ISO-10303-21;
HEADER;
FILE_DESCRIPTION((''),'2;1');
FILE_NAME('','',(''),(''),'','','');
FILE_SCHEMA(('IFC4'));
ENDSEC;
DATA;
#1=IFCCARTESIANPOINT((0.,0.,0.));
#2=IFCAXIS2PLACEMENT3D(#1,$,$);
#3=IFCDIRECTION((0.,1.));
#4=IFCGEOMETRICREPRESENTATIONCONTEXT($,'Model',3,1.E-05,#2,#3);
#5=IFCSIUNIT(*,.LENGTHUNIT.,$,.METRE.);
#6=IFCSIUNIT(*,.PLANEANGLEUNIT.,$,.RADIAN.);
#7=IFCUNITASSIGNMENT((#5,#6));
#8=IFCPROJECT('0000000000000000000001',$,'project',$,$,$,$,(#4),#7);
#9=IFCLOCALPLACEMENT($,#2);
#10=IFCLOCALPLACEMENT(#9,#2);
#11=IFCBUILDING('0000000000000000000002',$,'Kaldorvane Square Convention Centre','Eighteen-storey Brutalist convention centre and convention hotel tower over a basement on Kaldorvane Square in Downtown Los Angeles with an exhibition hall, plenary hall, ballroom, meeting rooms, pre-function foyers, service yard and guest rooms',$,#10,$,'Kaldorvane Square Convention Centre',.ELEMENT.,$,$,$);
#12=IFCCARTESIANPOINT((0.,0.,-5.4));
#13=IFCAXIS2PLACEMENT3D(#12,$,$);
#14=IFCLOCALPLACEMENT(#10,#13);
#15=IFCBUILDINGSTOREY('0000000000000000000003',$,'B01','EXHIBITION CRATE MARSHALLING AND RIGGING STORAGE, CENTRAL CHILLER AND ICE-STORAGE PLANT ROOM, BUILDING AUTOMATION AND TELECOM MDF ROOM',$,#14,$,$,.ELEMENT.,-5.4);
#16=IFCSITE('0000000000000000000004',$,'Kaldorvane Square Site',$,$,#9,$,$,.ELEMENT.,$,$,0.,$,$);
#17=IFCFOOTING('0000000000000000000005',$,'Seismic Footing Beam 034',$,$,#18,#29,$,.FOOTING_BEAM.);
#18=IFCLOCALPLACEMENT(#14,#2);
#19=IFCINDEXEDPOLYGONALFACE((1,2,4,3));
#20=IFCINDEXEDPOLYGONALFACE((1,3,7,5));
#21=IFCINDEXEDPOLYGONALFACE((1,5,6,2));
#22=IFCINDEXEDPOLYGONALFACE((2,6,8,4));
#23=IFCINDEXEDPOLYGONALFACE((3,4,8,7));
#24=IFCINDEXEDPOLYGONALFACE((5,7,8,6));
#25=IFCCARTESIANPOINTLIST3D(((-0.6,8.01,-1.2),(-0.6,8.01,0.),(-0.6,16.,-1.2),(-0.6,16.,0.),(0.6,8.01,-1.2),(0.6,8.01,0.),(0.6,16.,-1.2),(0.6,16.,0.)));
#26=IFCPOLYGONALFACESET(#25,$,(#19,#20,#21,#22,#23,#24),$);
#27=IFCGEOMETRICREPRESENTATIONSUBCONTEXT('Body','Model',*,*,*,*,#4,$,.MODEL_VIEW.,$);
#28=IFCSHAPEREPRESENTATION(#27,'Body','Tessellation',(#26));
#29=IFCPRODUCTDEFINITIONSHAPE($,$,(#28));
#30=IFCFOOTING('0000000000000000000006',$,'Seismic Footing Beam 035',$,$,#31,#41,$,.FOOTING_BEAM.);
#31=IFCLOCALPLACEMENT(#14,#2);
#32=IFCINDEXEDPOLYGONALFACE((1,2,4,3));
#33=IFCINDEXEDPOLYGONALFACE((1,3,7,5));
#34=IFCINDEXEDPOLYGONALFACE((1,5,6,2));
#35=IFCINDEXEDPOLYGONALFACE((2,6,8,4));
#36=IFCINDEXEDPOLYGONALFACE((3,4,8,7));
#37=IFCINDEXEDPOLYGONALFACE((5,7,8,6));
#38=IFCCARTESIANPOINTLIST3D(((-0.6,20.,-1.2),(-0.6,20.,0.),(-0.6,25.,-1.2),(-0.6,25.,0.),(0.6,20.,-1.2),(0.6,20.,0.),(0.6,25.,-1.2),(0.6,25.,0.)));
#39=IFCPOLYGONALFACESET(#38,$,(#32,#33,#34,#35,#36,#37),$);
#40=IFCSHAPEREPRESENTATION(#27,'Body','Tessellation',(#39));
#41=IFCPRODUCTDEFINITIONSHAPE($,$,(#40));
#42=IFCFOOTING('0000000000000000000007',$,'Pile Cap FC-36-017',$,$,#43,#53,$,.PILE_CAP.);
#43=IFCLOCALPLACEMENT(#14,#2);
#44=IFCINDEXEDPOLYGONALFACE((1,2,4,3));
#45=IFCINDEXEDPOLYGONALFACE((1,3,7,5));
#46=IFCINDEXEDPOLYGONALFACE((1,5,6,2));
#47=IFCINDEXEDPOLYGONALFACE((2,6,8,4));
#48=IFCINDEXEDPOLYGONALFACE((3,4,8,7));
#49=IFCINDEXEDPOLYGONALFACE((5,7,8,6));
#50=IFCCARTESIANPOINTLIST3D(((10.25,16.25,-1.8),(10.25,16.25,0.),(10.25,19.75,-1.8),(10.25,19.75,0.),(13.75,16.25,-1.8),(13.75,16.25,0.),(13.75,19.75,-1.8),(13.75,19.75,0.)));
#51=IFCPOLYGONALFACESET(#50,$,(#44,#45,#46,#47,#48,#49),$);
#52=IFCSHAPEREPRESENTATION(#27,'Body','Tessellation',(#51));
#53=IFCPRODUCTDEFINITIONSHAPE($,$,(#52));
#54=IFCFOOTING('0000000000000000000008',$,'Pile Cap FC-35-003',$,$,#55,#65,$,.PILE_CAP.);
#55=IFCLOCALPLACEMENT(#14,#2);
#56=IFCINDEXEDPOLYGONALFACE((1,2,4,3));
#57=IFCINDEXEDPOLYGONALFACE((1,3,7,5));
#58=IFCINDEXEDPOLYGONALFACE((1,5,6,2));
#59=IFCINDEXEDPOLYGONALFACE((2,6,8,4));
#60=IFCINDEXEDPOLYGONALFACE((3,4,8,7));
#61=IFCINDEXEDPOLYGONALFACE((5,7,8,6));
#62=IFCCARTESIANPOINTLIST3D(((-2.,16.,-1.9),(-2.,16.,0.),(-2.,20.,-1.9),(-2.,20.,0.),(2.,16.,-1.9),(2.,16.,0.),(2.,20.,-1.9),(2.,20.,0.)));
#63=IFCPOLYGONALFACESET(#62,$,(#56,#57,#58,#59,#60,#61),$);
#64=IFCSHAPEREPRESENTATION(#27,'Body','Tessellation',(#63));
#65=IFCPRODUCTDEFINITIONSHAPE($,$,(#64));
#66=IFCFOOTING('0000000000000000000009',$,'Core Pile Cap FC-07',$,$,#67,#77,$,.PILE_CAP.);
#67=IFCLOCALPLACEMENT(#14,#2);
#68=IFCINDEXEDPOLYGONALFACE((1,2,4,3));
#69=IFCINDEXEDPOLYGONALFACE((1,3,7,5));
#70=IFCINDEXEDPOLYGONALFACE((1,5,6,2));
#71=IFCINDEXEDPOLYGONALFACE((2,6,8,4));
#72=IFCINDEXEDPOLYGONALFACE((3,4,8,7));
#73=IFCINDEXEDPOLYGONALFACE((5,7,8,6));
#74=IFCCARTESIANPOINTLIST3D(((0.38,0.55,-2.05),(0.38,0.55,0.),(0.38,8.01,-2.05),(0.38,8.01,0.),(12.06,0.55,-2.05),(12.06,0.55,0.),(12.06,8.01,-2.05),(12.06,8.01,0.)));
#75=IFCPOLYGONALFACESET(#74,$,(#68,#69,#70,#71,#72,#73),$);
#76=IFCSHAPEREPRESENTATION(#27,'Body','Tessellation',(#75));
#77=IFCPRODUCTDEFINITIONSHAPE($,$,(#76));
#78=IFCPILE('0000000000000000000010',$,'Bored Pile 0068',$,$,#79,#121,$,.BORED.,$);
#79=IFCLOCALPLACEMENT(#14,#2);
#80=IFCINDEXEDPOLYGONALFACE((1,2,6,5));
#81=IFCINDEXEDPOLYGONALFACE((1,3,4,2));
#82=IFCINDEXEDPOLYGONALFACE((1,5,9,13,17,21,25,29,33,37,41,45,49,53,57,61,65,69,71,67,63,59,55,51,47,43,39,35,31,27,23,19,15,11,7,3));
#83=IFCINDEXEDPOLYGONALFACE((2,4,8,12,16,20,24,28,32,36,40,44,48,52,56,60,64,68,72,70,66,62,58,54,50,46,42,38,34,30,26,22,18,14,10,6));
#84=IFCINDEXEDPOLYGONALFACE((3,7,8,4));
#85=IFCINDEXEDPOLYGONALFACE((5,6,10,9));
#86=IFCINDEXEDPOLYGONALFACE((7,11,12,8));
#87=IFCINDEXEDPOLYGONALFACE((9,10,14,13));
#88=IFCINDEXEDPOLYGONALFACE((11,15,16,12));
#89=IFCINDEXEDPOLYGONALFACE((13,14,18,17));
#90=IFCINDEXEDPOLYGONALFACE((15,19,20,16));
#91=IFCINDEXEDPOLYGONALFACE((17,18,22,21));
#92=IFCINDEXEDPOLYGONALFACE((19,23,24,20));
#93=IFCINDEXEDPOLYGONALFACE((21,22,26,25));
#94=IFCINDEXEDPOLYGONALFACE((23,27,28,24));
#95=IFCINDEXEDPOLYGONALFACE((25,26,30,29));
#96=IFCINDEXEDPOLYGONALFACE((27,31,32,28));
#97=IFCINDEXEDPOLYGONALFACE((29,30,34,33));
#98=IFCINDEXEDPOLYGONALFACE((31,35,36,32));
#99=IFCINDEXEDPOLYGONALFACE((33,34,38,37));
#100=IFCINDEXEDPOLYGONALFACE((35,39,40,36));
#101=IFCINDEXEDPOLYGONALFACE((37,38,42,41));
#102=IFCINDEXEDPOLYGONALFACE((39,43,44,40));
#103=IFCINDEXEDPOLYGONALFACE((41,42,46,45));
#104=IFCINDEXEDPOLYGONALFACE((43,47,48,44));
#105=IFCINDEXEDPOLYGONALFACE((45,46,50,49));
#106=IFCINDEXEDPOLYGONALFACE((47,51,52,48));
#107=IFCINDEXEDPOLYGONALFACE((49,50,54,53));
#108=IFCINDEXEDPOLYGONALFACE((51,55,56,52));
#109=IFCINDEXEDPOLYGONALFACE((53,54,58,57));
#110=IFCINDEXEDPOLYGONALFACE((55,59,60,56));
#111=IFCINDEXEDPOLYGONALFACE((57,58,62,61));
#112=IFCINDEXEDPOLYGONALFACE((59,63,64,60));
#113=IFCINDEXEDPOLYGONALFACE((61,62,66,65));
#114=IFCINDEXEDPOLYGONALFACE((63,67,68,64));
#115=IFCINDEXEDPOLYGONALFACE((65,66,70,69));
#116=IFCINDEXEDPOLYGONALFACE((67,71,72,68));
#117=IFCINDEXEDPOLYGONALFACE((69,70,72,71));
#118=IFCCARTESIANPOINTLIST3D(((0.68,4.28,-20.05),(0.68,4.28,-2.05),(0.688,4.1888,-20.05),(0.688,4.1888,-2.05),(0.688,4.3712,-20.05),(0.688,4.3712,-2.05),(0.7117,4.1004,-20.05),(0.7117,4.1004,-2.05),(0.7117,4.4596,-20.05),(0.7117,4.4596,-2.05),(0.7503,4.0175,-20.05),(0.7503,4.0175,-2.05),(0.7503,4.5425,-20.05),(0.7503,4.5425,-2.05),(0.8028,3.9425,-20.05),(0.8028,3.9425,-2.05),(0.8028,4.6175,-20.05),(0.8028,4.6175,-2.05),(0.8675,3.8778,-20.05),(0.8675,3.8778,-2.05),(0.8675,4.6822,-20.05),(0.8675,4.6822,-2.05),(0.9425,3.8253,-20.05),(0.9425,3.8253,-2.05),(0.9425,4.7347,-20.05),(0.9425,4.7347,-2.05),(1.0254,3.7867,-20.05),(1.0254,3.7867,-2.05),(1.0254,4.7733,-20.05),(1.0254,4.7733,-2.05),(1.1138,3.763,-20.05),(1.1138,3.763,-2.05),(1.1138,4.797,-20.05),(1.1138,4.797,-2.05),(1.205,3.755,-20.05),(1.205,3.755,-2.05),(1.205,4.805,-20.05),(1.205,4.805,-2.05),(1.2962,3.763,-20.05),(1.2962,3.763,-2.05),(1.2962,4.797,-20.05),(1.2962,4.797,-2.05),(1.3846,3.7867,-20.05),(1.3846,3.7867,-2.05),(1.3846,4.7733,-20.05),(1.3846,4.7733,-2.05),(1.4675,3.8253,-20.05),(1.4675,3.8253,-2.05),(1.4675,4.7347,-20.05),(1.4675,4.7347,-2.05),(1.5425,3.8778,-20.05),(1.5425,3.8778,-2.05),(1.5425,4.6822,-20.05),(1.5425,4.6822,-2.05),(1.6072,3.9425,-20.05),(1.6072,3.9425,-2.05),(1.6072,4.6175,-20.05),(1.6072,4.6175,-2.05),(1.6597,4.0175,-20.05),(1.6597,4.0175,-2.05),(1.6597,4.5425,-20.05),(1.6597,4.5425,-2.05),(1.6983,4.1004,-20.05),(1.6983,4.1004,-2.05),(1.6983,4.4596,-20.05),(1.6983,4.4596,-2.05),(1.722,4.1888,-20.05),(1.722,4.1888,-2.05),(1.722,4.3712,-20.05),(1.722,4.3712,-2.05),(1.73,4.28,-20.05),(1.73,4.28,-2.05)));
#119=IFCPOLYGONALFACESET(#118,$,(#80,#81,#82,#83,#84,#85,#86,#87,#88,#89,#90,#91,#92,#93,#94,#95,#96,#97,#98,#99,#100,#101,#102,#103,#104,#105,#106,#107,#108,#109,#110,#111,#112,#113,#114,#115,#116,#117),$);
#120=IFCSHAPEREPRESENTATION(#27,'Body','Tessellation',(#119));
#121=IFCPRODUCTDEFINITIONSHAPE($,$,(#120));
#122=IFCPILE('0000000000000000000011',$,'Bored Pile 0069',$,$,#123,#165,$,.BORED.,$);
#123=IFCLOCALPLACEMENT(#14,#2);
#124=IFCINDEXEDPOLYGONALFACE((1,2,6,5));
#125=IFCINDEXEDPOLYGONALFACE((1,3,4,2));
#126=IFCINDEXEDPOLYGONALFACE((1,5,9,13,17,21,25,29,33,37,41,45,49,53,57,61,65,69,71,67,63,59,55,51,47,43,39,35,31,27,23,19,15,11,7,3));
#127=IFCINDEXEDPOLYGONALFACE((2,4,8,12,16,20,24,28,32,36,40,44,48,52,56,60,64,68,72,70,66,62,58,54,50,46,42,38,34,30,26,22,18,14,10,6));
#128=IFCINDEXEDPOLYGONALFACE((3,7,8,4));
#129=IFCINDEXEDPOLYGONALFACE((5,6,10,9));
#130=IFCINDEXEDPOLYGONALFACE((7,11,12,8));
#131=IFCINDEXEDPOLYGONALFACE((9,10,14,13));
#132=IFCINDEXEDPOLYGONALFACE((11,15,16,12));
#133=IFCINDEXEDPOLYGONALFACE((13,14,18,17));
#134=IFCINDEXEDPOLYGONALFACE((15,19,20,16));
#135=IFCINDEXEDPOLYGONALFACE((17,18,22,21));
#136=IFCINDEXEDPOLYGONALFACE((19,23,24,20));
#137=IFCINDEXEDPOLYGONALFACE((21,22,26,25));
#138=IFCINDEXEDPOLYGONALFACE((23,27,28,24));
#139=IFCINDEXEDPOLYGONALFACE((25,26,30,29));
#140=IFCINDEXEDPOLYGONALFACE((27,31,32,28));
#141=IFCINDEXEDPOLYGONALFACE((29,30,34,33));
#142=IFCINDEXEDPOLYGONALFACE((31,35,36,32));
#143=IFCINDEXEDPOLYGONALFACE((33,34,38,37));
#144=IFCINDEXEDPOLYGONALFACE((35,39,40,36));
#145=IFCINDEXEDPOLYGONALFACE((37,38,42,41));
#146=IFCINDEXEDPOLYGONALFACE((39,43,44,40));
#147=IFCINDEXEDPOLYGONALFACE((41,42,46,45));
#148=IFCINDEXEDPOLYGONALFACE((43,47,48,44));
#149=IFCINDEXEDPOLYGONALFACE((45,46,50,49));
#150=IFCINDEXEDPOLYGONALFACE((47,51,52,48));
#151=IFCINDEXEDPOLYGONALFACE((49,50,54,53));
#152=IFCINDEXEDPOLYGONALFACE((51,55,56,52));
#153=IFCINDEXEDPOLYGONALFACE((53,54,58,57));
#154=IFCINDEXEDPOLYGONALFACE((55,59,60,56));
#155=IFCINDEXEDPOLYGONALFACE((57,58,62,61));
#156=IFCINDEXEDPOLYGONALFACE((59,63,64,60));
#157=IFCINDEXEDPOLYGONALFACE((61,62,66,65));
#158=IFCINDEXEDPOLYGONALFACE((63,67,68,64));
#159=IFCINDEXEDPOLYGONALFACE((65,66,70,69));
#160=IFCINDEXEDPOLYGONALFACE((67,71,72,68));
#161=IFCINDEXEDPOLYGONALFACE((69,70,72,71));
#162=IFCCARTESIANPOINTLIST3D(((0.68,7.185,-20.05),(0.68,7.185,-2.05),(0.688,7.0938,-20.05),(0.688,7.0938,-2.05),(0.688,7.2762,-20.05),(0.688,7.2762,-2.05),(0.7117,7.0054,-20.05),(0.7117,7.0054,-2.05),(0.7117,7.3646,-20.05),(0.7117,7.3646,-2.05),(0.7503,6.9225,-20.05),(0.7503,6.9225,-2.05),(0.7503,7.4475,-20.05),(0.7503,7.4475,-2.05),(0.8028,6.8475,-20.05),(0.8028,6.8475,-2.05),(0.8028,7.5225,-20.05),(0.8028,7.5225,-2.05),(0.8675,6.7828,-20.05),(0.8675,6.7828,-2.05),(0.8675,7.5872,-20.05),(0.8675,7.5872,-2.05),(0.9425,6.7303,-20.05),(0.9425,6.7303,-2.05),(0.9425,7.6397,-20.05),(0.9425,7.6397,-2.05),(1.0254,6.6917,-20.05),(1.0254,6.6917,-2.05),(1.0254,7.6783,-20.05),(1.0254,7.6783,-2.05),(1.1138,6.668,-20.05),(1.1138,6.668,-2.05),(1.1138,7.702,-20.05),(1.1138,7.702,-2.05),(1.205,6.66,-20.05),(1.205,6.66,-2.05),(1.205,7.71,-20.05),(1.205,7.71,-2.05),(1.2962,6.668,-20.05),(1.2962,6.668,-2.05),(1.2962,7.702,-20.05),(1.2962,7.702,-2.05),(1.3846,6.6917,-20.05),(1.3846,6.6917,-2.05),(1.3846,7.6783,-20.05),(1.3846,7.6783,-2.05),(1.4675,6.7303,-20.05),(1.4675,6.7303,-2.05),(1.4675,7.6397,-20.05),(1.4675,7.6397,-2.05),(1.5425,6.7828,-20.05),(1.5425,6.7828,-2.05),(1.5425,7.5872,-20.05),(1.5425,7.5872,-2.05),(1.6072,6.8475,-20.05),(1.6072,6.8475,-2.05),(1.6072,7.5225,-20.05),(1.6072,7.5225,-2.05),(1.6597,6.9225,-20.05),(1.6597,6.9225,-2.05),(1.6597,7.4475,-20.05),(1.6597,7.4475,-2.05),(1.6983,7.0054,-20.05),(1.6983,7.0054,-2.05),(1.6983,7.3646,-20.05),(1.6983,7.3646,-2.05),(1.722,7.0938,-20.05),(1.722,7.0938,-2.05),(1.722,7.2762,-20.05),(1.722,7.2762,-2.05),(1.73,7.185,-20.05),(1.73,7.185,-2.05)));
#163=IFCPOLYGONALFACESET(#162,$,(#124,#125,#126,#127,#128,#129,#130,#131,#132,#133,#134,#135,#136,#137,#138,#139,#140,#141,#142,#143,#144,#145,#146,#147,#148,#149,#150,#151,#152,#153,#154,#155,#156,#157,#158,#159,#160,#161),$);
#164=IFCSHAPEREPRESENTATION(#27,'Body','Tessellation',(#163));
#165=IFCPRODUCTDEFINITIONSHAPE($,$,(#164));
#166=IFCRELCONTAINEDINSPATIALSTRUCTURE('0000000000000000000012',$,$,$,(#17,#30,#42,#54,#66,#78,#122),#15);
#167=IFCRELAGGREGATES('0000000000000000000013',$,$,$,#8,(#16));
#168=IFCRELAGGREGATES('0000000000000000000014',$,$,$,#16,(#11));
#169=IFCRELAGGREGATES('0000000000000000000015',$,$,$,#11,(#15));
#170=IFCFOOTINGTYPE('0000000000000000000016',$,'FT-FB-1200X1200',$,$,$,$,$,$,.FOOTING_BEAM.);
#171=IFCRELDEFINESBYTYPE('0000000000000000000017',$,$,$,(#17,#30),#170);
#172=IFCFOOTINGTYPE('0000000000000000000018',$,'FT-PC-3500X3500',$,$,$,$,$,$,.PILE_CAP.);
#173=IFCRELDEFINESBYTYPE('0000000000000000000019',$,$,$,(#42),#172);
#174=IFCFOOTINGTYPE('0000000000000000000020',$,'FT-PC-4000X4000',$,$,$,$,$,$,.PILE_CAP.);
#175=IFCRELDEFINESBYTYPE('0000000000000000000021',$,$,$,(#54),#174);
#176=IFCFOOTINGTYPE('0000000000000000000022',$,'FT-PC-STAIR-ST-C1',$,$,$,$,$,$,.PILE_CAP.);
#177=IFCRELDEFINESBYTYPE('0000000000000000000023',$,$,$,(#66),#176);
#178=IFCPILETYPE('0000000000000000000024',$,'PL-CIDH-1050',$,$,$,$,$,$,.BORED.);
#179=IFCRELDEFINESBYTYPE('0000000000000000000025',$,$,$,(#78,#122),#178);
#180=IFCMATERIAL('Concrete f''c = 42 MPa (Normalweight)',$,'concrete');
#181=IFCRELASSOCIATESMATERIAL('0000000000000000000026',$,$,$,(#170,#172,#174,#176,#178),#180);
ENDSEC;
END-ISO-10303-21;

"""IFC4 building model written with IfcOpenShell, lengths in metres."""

from ifc_helpers import new_model, si_unit, direction, frame, origin, origin_2d, place, context, subcontext, project, spatial, rectangle, circle, extrude, material, material_profile, profile_set, type_object, element, save


model = new_model("IFC4")

# Units and contexts
model_context = context("Model", 3, precision=1e-05, world=origin(), true_north=direction((0.0, 1.0)))
body_context = subcontext(model_context, "Body", "Model", "MODEL_VIEW")
ifc_project = project(units=[si_unit("LENGTHUNIT", "METRE"), si_unit("PLANEANGLEUNIT", "RADIAN")], contexts=[model_context])

# Site, building, storey
site_placement = place(None, origin())
site = spatial("IfcSite", under=ifc_project, at=site_placement, Name="Kaldorvane Square Site", CompositionType="ELEMENT", RefElevation=0.0)
building_placement = place(site_placement, origin())
building = spatial("IfcBuilding", under=site, at=building_placement, Name="Kaldorvane Square Convention Centre", Description="Eighteen-storey Brutalist convention centre and convention hotel tower over a basement on Kaldorvane Square in Downtown Los Angeles with an exhibition hall, plenary hall, ballroom, meeting rooms, pre-function foyers, service yard and guest rooms", LongName="Kaldorvane Square Convention Centre", CompositionType="ELEMENT")
storey_placement = place(building_placement, frame((0.0, 0.0, -5.4)))
storey = spatial("IfcBuildingStorey", under=building, at=storey_placement, Name="B01", Description="EXHIBITION CRATE MARSHALLING AND RIGGING STORAGE, CENTRAL CHILLER AND ICE-STORAGE PLANT ROOM, BUILDING AUTOMATION AND TELECOM MDF ROOM", CompositionType="ELEMENT", Elevation=-5.4)

# Footings
ifc_material_1 = material(Name="Concrete f'c = 42 MPa (Normalweight)", Category="concrete")
footing_type_1 = type_object("IfcFootingType", Name="FT-FB-1200X1200", PredefinedType="FOOTING_BEAM", material=ifc_material_1)
footing_1_placement = place(storey_placement, frame((0.0, 12.005, -1.2), z_axis=(0.0, 0.0, 1.0), x_axis=(1.0, 0.0, 0.0)))
element("IfcFooting", 1, at=footing_1_placement, inside=storey, type_object=footing_type_1, Name="Seismic Footing Beam 034", PredefinedType="FOOTING_BEAM", context=body_context, shape_type="SweptSolid", body=[
    extrude(rectangle(XDim=1.2, YDim=7.99, at=origin_2d()), origin(), (0.0, 0.0, 1.0), 1.2),
])
footing_2_placement = place(storey_placement, frame((0.0, 22.5, -1.2), z_axis=(0.0, 0.0, 1.0), x_axis=(1.0, 0.0, 0.0)))
element("IfcFooting", 2, at=footing_2_placement, inside=storey, type_object=footing_type_1, Name="Seismic Footing Beam 035", PredefinedType="FOOTING_BEAM", context=body_context, shape_type="SweptSolid", body=[
    extrude(rectangle(XDim=1.2, YDim=5.0, at=origin_2d()), origin(), (0.0, 0.0, 1.0), 1.2),
])
footing_type_2 = type_object("IfcFootingType", Name="FT-PC-3500X3500", PredefinedType="PILE_CAP", material=ifc_material_1)
footing_3_placement = place(storey_placement, frame((12.0, 18.0, -1.8), z_axis=(0.0, 0.0, 1.0), x_axis=(1.0, 0.0, 0.0)))
element("IfcFooting", 3, at=footing_3_placement, inside=storey, type_object=footing_type_2, Name="Pile Cap FC-36-017", PredefinedType="PILE_CAP", context=body_context, shape_type="SweptSolid", body=[
    extrude(rectangle(XDim=3.5, YDim=3.5, at=origin_2d()), origin(), (0.0, 0.0, 1.0), 1.8),
])
footing_type_3 = type_object("IfcFootingType", Name="FT-PC-4000X4000", PredefinedType="PILE_CAP", material=ifc_material_1)
footing_4_placement = place(storey_placement, frame((0.0, 18.0, -1.9), z_axis=(0.0, 0.0, 1.0), x_axis=(1.0, 0.0, 0.0)))
element("IfcFooting", 4, at=footing_4_placement, inside=storey, type_object=footing_type_3, Name="Pile Cap FC-35-003", PredefinedType="PILE_CAP", context=body_context, shape_type="SweptSolid", body=[
    extrude(rectangle(XDim=4.0, YDim=4.0, at=origin_2d()), origin(), (0.0, 0.0, 1.0), 1.9),
])
footing_type_4 = type_object("IfcFootingType", Name="FT-PC-STAIR-ST-C1", PredefinedType="PILE_CAP", material=ifc_material_1)
footing_5_placement = place(storey_placement, frame((6.22, 4.28, -2.05), z_axis=(0.0, 0.0, 1.0), x_axis=(1.0, 0.0, 0.0)))
element("IfcFooting", 5, at=footing_5_placement, inside=storey, type_object=footing_type_4, Name="Core Pile Cap FC-07", PredefinedType="PILE_CAP", context=body_context, shape_type="SweptSolid", body=[
    extrude(rectangle(XDim=11.68, YDim=7.46, at=origin_2d()), origin(), (0.0, 0.0, 1.0), 2.05),
])

# Piles
ifc_material_profile_1 = material_profile(ifc_material_1, circle(Radius=0.525, at=origin_2d()), Name="PILE-D1050")
ifc_profile_set_1 = profile_set([ifc_material_profile_1], Name="Concrete f'c = 42 MPa (Normalweight)")
pile_type_1 = type_object("IfcPileType", Name="PL-CIDH-1050", PredefinedType="BORED", material=ifc_profile_set_1)
for number, where, z_axis, x_axis, name in (
    (6, (1.205, 4.28, -2.05), (0.0, 0.0, -1.0), (1.0, 0.0, 0.0), "Bored Pile 0068"),
    (7, (1.205, 7.185, -2.05), (0.0, 0.0, -1.0), (1.0, 0.0, 0.0), "Bored Pile 0069"),
):
    element("IfcPile", number, at=place(storey_placement, frame(where, z_axis=z_axis, x_axis=x_axis)), inside=storey, type_object=pile_type_1, Name=name, PredefinedType="BORED", context=body_context, shape_type="SweptSolid", body=[
        extrude(circle(Radius=0.525, at=origin_2d()), origin(), (0.0, 0.0, 1.0), 18.0),
    ])

save(model, "model.ifc")
